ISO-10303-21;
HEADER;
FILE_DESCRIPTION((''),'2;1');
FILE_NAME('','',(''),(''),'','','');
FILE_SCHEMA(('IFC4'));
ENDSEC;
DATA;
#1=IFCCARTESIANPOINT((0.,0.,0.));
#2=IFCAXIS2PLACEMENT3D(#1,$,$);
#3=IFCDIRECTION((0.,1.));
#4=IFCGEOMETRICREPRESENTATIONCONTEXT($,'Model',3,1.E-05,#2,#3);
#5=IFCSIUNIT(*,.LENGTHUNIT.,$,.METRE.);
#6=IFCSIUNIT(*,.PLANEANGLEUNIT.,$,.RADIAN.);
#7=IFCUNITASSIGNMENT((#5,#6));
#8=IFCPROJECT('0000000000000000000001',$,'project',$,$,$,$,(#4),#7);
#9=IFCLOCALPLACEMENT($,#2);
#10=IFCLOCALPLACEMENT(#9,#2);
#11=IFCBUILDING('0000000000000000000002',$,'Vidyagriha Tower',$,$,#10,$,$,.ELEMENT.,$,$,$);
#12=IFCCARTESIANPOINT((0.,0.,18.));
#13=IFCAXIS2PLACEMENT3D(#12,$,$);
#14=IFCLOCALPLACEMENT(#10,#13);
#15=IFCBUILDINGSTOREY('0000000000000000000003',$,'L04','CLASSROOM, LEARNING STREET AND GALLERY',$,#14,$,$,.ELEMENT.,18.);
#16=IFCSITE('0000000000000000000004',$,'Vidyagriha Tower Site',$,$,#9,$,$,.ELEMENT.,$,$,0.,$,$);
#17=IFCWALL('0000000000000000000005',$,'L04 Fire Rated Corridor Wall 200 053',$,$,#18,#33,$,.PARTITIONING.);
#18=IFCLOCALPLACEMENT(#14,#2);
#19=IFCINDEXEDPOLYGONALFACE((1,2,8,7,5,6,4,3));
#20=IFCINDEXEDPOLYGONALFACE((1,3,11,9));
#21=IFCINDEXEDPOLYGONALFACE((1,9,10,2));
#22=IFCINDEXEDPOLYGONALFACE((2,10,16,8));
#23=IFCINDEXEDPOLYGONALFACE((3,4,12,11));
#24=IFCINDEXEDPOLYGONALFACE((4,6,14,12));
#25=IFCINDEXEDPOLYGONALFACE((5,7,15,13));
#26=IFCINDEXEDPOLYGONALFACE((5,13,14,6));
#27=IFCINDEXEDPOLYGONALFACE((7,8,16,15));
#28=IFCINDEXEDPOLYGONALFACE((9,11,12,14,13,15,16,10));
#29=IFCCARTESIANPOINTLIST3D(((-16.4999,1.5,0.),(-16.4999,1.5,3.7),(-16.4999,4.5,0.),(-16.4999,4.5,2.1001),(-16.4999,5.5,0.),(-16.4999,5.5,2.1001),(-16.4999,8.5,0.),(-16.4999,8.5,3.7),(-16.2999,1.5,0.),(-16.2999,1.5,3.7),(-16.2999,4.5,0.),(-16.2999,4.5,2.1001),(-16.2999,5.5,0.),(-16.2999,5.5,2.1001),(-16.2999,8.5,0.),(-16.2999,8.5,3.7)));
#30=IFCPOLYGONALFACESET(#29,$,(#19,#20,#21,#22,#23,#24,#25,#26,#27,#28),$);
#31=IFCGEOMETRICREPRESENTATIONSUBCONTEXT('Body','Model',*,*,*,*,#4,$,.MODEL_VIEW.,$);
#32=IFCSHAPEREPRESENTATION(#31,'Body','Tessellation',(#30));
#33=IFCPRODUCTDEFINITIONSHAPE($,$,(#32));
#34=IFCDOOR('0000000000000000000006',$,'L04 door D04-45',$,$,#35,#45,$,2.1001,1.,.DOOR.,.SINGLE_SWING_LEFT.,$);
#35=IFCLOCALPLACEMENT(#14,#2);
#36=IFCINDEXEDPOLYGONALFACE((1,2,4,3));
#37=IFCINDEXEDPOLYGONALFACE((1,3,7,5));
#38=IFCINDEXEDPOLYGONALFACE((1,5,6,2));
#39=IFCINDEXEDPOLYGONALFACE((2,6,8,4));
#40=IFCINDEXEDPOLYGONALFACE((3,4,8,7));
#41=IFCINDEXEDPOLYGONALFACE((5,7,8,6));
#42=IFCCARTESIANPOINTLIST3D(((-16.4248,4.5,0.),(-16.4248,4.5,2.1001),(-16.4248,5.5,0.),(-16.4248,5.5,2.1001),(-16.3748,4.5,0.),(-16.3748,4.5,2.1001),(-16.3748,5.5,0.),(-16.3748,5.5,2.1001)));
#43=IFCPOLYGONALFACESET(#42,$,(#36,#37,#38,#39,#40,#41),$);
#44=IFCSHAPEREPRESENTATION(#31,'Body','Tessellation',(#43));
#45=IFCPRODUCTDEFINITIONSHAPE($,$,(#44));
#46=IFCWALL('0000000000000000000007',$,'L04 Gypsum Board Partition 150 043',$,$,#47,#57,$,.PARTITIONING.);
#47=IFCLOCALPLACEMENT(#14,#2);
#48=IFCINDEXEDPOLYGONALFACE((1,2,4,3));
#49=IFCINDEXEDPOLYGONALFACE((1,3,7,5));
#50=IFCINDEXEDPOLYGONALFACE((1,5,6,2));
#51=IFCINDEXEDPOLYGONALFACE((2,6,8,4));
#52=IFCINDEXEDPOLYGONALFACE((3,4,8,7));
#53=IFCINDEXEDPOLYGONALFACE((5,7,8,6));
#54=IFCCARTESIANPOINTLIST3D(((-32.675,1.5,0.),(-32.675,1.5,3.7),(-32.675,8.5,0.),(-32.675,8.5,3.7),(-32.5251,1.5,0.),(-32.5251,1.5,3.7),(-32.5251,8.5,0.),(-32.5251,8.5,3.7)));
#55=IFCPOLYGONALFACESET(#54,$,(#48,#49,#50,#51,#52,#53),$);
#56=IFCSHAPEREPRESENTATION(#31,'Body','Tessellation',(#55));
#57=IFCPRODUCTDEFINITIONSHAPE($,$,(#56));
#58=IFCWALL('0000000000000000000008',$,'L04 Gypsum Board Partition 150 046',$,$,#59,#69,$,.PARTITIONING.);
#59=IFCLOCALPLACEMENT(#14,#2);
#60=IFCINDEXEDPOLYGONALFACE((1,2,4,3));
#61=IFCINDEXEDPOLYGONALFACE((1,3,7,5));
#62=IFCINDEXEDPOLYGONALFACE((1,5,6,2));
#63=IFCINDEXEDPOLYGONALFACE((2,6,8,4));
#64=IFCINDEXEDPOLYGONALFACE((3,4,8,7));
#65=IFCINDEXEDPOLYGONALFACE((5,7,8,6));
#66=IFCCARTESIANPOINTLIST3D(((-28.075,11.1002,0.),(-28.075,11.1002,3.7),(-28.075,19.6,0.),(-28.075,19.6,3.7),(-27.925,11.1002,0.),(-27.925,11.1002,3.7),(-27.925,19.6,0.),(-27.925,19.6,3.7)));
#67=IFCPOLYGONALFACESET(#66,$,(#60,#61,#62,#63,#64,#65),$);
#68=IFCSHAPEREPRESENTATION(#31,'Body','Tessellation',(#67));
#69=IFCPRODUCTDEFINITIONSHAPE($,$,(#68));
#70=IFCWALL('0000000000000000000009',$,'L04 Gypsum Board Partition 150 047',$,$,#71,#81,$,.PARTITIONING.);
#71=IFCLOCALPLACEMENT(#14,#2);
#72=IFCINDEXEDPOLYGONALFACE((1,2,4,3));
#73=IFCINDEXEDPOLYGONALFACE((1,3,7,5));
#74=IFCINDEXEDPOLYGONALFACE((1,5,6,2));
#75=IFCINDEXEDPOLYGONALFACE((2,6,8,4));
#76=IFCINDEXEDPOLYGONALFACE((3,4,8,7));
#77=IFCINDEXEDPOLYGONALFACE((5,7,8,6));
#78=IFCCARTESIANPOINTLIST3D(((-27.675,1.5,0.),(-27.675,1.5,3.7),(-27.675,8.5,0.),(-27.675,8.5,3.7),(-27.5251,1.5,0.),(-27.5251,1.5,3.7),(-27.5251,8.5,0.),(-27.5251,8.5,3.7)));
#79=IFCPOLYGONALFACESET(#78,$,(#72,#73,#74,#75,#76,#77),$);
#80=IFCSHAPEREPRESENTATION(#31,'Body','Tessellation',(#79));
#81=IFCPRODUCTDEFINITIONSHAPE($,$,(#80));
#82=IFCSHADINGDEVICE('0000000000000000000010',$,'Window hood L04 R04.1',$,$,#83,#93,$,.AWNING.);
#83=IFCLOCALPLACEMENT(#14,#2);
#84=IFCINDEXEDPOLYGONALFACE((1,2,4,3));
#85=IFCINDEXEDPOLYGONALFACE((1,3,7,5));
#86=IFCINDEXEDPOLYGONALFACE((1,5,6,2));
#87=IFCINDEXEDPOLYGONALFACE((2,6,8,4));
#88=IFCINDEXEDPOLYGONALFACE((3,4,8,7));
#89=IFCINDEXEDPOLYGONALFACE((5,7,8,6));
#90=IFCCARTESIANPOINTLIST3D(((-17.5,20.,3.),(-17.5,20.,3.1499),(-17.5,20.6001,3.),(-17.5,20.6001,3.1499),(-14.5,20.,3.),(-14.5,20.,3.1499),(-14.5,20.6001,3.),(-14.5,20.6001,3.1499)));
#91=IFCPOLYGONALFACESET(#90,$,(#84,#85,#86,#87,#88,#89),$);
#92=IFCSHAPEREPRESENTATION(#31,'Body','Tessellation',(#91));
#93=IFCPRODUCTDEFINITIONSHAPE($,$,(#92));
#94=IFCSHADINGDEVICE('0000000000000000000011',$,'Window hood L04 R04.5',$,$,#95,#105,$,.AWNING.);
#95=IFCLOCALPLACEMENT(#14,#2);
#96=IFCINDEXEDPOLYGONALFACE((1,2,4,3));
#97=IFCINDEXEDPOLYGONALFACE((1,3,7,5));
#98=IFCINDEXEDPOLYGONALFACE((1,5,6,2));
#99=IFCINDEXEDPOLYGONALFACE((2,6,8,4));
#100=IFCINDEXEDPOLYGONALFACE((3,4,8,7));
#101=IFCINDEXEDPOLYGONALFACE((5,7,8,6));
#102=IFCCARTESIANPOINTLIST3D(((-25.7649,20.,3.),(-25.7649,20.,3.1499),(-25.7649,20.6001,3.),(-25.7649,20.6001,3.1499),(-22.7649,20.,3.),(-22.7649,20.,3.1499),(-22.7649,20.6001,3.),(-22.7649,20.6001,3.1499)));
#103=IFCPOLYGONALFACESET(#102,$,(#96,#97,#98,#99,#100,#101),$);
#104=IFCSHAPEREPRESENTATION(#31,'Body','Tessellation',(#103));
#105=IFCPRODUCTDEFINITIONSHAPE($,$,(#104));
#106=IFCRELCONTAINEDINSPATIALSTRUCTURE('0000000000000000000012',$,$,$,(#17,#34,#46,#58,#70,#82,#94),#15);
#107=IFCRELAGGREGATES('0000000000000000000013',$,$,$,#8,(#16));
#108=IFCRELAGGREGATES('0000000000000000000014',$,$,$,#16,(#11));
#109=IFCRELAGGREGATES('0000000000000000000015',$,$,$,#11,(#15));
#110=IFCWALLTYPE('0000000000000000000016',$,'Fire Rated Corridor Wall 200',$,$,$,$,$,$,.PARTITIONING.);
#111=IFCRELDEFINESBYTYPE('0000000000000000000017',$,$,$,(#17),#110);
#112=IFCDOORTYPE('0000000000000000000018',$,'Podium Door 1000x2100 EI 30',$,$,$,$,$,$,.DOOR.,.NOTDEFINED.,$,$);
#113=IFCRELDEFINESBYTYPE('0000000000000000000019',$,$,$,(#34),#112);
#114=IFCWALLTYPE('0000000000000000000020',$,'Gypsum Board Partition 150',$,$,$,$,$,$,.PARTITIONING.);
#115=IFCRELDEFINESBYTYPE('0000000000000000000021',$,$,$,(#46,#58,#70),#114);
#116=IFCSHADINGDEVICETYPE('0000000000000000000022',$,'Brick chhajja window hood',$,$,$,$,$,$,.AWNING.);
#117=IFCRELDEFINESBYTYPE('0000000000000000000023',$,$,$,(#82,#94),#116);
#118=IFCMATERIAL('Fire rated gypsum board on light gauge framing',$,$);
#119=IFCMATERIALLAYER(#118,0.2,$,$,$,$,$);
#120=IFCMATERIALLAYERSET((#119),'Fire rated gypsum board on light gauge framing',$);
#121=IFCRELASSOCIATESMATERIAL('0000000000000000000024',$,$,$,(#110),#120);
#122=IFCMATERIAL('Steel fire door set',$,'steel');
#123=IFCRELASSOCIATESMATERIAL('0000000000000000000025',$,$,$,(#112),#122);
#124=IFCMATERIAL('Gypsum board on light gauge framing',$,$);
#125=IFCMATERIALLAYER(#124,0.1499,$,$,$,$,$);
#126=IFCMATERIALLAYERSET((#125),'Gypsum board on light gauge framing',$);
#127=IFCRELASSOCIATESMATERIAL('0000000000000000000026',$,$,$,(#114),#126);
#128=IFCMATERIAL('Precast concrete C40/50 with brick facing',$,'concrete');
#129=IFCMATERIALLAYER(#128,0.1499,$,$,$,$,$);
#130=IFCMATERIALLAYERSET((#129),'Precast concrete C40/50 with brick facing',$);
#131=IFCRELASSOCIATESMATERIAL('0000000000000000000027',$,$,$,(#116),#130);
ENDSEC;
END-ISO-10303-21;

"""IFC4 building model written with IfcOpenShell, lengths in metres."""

from ifc_helpers import new_model, si_unit, direction, frame, frame_2d, origin, origin_2d, place, context, subcontext, project, spatial, rectangle, extrude, material, layer, layer_set, type_object, element, fill, save


model = new_model("IFC4")

# Units and contexts
model_context = context("Model", 3, precision=1e-05, world=origin(), true_north=direction((0.0, 1.0)))
body_context = subcontext(model_context, "Body", "Model", "MODEL_VIEW")
ifc_project = project(units=[si_unit("LENGTHUNIT", "METRE"), si_unit("PLANEANGLEUNIT", "RADIAN")], contexts=[model_context])

# Site, building, storey
site_placement = place(None, origin())
site = spatial("IfcSite", under=ifc_project, at=site_placement, Name="Vidyagriha Tower Site", CompositionType="ELEMENT", RefElevation=0.0)
building_placement = place(site_placement, origin())
building = spatial("IfcBuilding", under=site, at=building_placement, Name="Vidyagriha Tower", CompositionType="ELEMENT")
storey_placement = place(building_placement, frame((0.0, 0.0, 18.0)))
storey = spatial("IfcBuildingStorey", under=building, at=storey_placement, Name="L04", Description="CLASSROOM, LEARNING STREET AND GALLERY", CompositionType="ELEMENT", Elevation=18.0)

# Shared definitions
ifc_material_1 = material(Name="Fire rated gypsum board on light gauge framing")
ifc_layer_1 = layer(ifc_material_1, 0.2)
ifc_layer_set_1 = layer_set([ifc_layer_1], Name="Fire rated gypsum board on light gauge framing")
wall_type_1 = type_object("IfcWallType", Name="Fire Rated Corridor Wall 200", PredefinedType="PARTITIONING", material=ifc_layer_set_1)

# Shared definitions
ifc_material_2 = material(Name="Steel fire door set", Category="steel")
door_type = type_object("IfcDoorType", Name="Podium Door 1000x2100 EI 30", OperationType="NOTDEFINED", PredefinedType="DOOR", material=ifc_material_2)

# Wall, opening, door
wall_1_placement = place(storey_placement, frame((-16.3999, 1.5, 0.0), z_axis=(0.0, 0.0, 1.0), x_axis=(0.0, 1.0, 0.0)))
wall_1 = element("IfcWall", 1, at=wall_1_placement, inside=storey, type_object=wall_type_1, Name="L04 Fire Rated Corridor Wall 200 053", PredefinedType="PARTITIONING", context=body_context, shape_type="SweptSolid", body=[
    extrude(rectangle(XDim=7.0, YDim=0.2, at=frame_2d((3.5, 0.0))), origin(), (0.0, 0.0, 1.0), 3.7),
])
opening_1_placement = place(wall_1_placement, frame((3.0, 0.0, 0.0)))
opening_1 = element("IfcOpeningElement", 2, at=opening_1_placement, cuts=wall_1, PredefinedType="OPENING", context=body_context, shape_type="SweptSolid", body=[
    extrude(rectangle(XDim=1.0, YDim=2.1001, at=frame_2d((0.5, 1.05))), frame((0.0, 0.1099, 0.0), z_axis=(0.0, -1.0, 0.0), x_axis=(1.0, 0.0, 0.0)), (0.0, 0.0, 1.0), 0.22),
])
door_1_placement = place(opening_1_placement, origin())
door_1 = element("IfcDoor", 3, at=door_1_placement, inside=storey, type_object=door_type, Name="L04 door D04-45", OperationType="SINGLE_SWING_LEFT", OverallHeight=2.1001, OverallWidth=1.0, PredefinedType="DOOR", context=body_context, shape_type="SweptSolid", body=[
    extrude(rectangle(XDim=1.0, YDim=2.1001, at=frame_2d((0.5, 1.05))), frame((0.0, 0.0249, 0.0), z_axis=(0.0, -1.0, 0.0), x_axis=(1.0, 0.0, 0.0)), (0.0, 0.0, 1.0), 0.05),
])
fill(opening_1, door_1)

# Walls
ifc_material_3 = material(Name="Gypsum board on light gauge framing")
ifc_layer_2 = layer(ifc_material_3, 0.1499)
ifc_layer_set_2 = layer_set([ifc_layer_2], Name="Gypsum board on light gauge framing")
wall_type_2 = type_object("IfcWallType", Name="Gypsum Board Partition 150", PredefinedType="PARTITIONING", material=ifc_layer_set_2)
wall_2_placement = place(storey_placement, frame((-32.6001, 1.5, 0.0), z_axis=(0.0, 0.0, 1.0), x_axis=(0.0, 1.0, 0.0)))
element("IfcWall", 4, at=wall_2_placement, inside=storey, type_object=wall_type_2, Name="L04 Gypsum Board Partition 150 043", PredefinedType="PARTITIONING", context=body_context, shape_type="SweptSolid", body=[
    extrude(rectangle(XDim=7.0, YDim=0.1499, at=frame_2d((3.5, 0.0))), origin(), (0.0, 0.0, 1.0), 3.7),
])
wall_3_placement = place(storey_placement, frame((-28.0, 11.1001, 0.0), z_axis=(0.0, 0.0, 1.0), x_axis=(0.0, 1.0, 0.0)))
element("IfcWall", 5, at=wall_3_placement, inside=storey, type_object=wall_type_2, Name="L04 Gypsum Board Partition 150 046", PredefinedType="PARTITIONING", context=body_context, shape_type="SweptSolid", body=[
    extrude(rectangle(XDim=8.4998, YDim=0.1499, at=frame_2d((4.25, 0.0))), origin(), (0.0, 0.0, 1.0), 3.7),
])
wall_4_placement = place(storey_placement, frame((-27.6001, 1.5, 0.0), z_axis=(0.0, 0.0, 1.0), x_axis=(0.0, 1.0, 0.0)))
element("IfcWall", 6, at=wall_4_placement, inside=storey, type_object=wall_type_2, Name="L04 Gypsum Board Partition 150 047", PredefinedType="PARTITIONING", context=body_context, shape_type="SweptSolid", body=[
    extrude(rectangle(XDim=7.0, YDim=0.1499, at=frame_2d((3.5, 0.0))), origin(), (0.0, 0.0, 1.0), 3.7),
])

# Shading devices
ifc_material_4 = material(Name="Precast concrete C40/50 with brick facing", Category="concrete")
ifc_layer_3 = layer(ifc_material_4, 0.1499)
ifc_layer_set_3 = layer_set([ifc_layer_3], Name="Precast concrete C40/50 with brick facing")
shading_device_type = type_object("IfcShadingDeviceType", Name="Brick chhajja window hood", PredefinedType="AWNING", material=ifc_layer_set_3)
for number, where, z_axis, x_axis, name in (
    (7, (-16.0, 20.3, 3.0), (0.0, 0.0, 1.0), (-1.0, 0.0, 0.0), "Window hood L04 R04.1"),
    (8, (-24.2649, 20.3, 3.0), (0.0, 0.0, 1.0), (-1.0, 0.0, 0.0), "Window hood L04 R04.5"),
):
    element("IfcShadingDevice", number, at=place(storey_placement, frame(where, z_axis=z_axis, x_axis=x_axis)), inside=storey, type_object=shading_device_type, Name=name, PredefinedType="AWNING", context=body_context, shape_type="SweptSolid", body=[
        extrude(rectangle(XDim=3.0, YDim=0.6001, at=origin_2d()), origin(), (0.0, 0.0, 1.0), 0.1499),
    ])

save(model, "model.ifc")
